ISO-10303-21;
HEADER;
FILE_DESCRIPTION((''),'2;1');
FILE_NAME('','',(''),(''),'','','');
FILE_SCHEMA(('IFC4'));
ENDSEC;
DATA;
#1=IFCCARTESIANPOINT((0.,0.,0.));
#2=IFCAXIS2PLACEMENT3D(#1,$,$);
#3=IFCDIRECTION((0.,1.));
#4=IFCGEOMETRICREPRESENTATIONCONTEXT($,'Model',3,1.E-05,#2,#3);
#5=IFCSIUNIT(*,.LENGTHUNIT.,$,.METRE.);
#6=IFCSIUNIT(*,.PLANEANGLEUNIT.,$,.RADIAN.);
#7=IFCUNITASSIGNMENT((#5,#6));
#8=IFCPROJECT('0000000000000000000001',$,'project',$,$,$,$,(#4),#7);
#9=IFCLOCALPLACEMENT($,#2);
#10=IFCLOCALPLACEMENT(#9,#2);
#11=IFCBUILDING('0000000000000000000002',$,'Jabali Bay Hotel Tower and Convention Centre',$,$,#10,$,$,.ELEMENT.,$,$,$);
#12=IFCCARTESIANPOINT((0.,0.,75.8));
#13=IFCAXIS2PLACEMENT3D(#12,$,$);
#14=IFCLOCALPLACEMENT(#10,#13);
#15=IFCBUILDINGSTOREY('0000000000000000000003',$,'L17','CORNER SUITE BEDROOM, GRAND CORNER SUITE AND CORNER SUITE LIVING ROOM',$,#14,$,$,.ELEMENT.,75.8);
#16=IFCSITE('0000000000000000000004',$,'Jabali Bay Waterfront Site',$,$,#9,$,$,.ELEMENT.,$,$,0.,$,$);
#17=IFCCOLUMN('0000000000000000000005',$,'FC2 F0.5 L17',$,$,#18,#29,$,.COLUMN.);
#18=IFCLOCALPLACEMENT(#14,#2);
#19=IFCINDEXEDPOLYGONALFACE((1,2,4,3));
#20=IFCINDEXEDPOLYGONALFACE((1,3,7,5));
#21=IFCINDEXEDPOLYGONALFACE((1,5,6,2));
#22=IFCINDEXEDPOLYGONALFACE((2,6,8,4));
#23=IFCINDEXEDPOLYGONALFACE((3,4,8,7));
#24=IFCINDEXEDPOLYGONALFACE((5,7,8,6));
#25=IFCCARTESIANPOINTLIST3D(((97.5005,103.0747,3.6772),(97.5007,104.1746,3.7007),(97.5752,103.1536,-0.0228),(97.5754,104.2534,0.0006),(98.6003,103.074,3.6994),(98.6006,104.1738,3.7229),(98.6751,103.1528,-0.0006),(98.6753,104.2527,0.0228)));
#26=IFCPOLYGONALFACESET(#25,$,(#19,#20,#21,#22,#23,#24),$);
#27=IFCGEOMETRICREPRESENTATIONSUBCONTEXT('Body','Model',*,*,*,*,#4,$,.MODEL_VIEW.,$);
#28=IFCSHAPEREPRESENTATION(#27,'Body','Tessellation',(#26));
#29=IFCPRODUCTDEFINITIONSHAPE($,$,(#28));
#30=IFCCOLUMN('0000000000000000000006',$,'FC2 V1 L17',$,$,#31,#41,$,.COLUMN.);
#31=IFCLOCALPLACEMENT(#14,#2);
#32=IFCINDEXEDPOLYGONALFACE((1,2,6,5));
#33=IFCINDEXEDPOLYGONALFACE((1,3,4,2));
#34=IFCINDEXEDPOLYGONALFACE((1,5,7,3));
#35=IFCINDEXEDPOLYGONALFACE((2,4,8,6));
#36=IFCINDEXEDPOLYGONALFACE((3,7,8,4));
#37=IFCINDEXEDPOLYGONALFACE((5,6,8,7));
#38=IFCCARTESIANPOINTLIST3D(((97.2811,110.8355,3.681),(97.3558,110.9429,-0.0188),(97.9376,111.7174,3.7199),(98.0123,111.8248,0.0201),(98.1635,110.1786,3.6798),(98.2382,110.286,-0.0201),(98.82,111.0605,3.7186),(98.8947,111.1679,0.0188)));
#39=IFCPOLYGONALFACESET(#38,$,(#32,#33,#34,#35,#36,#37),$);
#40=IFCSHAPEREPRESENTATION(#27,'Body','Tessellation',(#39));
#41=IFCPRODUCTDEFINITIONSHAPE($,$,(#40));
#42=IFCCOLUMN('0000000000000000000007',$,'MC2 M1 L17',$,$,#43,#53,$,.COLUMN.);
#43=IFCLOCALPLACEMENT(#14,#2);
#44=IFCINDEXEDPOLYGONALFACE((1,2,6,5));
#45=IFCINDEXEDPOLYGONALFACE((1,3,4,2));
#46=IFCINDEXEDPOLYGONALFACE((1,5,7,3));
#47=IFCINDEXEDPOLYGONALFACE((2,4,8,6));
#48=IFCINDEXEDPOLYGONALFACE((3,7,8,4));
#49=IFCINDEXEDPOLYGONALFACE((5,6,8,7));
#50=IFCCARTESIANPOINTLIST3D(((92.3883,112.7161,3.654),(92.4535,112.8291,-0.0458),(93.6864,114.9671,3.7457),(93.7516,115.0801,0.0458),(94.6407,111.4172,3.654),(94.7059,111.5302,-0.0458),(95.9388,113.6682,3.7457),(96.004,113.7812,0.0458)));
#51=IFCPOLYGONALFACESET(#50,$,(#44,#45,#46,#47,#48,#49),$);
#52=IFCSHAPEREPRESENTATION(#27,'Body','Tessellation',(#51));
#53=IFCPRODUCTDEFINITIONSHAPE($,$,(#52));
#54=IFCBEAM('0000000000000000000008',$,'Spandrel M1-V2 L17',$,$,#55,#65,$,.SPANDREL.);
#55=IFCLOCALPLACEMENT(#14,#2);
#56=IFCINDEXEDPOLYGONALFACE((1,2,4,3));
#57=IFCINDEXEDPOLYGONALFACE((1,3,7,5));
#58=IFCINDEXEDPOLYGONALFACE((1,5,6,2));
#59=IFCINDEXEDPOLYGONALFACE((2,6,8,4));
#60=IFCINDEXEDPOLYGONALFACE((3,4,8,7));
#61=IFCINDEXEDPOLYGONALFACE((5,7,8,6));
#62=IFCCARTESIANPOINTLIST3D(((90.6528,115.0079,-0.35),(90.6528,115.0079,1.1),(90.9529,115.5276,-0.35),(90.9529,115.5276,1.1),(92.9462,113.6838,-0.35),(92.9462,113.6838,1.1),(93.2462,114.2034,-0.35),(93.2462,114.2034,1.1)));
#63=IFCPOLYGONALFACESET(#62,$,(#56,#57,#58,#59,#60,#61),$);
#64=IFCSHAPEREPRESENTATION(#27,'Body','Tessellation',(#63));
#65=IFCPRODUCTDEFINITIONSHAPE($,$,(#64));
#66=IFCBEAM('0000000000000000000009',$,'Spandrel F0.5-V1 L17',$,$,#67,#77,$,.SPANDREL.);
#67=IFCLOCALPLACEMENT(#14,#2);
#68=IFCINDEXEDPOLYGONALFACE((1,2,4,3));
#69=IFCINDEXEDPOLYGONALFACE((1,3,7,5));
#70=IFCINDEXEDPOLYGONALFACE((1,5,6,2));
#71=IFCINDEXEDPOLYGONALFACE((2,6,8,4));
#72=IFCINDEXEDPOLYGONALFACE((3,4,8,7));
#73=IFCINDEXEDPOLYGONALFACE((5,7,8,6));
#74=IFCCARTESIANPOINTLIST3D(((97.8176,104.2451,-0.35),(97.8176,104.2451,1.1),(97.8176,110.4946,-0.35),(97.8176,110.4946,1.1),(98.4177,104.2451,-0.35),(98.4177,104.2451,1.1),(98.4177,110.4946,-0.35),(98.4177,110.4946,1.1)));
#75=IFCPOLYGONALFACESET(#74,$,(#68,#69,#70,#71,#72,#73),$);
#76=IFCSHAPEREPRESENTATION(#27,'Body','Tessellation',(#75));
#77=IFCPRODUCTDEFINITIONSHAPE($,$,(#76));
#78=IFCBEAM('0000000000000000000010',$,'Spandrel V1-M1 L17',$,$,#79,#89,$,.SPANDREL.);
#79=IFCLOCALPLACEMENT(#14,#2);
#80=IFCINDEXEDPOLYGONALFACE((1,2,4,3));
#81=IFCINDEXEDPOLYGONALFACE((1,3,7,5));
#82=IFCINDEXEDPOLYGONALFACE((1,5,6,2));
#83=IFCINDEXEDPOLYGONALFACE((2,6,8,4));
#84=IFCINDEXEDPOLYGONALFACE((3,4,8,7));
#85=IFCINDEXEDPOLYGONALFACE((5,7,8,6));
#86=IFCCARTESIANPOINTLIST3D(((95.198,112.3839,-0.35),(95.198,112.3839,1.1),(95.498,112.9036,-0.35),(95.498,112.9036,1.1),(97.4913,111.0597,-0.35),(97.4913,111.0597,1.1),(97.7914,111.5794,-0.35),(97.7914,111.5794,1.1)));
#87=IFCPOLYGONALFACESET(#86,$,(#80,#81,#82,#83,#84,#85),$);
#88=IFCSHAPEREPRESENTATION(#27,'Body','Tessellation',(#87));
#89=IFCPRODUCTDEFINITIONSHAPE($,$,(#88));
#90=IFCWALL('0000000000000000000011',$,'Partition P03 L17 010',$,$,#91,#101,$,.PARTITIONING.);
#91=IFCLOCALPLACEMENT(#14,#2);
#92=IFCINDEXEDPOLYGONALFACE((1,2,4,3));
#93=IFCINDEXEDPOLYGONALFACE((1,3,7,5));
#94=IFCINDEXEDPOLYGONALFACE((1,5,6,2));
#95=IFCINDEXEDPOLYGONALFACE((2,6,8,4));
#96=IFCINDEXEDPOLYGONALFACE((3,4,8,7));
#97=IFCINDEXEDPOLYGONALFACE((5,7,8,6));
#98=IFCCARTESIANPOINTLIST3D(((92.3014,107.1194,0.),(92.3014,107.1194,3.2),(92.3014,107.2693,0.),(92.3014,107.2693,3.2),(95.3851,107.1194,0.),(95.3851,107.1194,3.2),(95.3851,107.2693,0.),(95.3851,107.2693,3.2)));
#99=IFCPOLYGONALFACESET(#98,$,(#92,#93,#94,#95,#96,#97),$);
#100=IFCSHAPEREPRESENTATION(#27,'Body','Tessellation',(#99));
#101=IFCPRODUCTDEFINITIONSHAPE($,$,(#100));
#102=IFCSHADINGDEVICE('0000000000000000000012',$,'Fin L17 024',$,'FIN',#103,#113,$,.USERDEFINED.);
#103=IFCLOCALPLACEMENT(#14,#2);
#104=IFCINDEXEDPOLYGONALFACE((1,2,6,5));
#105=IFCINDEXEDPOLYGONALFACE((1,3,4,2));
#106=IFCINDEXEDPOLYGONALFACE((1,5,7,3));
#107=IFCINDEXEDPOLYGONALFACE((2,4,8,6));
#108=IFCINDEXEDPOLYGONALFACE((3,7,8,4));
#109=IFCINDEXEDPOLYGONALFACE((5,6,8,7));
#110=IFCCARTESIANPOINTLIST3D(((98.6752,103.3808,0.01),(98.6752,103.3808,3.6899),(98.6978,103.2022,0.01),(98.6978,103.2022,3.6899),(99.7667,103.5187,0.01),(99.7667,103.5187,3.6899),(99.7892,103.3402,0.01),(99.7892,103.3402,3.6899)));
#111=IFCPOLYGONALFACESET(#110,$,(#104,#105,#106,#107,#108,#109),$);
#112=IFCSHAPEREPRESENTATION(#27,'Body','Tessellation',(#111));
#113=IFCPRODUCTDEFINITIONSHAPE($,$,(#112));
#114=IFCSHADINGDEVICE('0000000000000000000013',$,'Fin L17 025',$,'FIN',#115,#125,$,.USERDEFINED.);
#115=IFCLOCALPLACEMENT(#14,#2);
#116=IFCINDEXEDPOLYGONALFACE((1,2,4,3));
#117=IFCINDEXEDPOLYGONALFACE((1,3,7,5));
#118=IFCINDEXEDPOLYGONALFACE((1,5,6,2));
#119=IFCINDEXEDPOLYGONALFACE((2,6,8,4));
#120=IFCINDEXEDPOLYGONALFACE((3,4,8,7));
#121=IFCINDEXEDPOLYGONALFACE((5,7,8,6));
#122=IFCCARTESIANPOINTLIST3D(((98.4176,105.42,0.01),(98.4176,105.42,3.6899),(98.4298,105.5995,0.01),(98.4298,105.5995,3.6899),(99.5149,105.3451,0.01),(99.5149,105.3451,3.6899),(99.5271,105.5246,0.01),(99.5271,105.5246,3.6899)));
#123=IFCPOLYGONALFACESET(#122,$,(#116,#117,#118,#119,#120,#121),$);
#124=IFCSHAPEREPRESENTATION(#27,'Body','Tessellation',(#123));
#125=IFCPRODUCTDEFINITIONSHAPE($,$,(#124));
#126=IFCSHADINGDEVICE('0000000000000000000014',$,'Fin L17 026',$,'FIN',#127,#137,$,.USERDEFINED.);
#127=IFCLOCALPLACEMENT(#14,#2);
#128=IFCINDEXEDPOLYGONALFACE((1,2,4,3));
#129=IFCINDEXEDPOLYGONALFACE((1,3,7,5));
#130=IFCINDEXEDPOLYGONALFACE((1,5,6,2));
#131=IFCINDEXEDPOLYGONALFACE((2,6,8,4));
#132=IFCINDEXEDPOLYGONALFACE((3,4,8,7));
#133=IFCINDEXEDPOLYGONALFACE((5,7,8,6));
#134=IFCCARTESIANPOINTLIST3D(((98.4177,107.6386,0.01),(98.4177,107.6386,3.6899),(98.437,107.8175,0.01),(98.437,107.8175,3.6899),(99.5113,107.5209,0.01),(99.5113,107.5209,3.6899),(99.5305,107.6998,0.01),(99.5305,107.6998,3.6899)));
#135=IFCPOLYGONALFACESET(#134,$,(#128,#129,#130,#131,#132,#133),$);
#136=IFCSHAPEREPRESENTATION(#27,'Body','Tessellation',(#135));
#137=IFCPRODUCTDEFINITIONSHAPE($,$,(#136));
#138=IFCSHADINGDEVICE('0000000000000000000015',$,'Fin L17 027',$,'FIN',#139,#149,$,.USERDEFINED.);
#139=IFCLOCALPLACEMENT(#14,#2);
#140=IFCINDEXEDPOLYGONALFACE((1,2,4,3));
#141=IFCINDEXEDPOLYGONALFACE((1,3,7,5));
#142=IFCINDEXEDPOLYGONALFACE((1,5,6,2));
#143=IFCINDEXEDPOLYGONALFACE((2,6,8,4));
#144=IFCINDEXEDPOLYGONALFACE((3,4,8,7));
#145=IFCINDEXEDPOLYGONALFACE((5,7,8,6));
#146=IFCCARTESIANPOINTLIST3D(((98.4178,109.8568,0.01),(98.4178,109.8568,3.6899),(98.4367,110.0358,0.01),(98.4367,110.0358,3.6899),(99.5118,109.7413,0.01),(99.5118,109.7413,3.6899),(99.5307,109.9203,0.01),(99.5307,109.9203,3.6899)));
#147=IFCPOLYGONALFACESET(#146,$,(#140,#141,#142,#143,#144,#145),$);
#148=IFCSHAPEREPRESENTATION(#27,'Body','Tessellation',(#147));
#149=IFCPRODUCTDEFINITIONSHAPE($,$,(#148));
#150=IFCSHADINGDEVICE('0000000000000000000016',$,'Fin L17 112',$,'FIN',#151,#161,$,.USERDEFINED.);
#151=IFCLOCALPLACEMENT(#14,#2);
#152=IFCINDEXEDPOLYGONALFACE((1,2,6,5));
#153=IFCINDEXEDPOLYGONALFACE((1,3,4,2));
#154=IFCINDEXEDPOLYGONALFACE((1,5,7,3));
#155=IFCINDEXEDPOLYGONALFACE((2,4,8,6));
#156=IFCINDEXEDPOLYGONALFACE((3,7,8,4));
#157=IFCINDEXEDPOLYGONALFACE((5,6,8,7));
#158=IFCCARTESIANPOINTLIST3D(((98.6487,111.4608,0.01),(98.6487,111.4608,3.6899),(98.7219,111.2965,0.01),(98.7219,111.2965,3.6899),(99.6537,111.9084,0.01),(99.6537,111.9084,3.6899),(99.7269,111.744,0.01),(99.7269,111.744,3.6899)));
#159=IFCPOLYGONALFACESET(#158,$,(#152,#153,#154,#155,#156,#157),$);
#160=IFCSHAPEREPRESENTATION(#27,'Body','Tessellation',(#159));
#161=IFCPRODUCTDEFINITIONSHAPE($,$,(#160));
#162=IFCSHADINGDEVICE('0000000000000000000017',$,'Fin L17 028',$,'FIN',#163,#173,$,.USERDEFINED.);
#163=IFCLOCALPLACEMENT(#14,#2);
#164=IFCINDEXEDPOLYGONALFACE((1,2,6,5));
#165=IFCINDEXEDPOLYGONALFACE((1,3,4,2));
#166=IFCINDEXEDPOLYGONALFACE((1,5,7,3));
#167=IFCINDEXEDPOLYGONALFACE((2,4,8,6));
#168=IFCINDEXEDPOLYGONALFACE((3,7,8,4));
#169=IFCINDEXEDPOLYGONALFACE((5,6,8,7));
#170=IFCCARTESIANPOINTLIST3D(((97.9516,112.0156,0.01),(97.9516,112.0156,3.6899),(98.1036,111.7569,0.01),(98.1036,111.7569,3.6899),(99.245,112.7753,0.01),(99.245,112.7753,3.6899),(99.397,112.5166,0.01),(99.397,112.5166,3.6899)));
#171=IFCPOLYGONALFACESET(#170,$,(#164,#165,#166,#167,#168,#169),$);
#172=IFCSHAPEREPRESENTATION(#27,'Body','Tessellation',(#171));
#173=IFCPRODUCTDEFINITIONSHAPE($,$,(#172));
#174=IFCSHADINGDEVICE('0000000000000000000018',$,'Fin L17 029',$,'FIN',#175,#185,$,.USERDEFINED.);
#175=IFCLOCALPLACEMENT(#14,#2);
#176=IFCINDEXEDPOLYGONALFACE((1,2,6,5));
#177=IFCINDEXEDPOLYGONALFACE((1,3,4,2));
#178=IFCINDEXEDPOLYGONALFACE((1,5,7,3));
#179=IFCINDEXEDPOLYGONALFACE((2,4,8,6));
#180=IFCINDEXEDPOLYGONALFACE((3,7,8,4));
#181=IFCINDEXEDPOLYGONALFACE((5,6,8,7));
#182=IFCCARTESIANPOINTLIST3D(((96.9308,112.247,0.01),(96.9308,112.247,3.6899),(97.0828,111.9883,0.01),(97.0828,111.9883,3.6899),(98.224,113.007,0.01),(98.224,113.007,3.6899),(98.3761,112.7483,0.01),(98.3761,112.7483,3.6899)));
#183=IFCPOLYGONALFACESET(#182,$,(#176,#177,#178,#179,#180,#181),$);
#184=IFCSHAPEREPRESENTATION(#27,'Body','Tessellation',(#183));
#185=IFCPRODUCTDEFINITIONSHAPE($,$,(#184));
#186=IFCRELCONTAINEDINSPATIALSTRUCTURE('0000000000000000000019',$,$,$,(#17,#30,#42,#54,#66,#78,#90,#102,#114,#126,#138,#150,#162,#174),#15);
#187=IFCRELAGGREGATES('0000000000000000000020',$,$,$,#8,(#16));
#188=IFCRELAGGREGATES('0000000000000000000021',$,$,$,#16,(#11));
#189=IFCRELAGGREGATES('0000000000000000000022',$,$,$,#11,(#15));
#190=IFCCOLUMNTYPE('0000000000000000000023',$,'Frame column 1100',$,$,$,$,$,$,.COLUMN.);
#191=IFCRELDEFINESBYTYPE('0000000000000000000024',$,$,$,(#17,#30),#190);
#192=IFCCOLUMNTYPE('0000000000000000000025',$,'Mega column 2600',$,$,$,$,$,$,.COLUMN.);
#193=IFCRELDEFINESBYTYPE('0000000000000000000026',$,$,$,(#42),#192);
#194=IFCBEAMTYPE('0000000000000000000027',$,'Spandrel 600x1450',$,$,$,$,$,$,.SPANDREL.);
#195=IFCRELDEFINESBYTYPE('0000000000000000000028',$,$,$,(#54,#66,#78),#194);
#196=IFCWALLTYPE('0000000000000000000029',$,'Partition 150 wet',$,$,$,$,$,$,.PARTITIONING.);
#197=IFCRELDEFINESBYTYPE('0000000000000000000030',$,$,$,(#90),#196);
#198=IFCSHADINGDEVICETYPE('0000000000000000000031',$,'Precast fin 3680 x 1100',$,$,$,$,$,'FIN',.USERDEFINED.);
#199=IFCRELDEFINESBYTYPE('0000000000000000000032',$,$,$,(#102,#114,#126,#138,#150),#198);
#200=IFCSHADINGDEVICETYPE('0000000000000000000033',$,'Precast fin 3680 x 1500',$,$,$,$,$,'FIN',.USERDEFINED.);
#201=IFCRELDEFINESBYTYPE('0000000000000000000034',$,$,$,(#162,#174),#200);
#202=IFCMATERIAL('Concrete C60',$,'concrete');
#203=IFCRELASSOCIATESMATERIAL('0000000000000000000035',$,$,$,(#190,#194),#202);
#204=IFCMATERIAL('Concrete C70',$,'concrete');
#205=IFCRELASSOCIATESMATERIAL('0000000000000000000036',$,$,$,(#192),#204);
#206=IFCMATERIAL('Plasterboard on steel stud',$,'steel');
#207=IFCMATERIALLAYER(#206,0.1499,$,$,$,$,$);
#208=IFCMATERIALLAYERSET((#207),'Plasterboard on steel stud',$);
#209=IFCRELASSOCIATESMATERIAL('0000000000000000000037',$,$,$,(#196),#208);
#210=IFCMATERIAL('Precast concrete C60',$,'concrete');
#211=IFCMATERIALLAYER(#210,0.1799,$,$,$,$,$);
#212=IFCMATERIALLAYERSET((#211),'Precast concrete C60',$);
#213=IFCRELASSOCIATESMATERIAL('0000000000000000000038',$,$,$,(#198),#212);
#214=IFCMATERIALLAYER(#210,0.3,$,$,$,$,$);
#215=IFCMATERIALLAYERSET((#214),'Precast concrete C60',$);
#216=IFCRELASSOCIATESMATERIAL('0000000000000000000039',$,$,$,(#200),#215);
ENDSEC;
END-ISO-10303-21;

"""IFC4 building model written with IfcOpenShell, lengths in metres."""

from ifc_helpers import new_model, si_unit, direction, frame, frame_2d, origin, origin_2d, place, context, subcontext, project, spatial, rectangle, extrude, material, layer, layer_set, material_profile, profile_set, type_object, element, save


model = new_model("IFC4")

# Units and contexts
model_context = context("Model", 3, precision=1e-05, world=origin(), true_north=direction((0.0, 1.0)))
body_context = subcontext(model_context, "Body", "Model", "MODEL_VIEW")
ifc_project = project(units=[si_unit("LENGTHUNIT", "METRE"), si_unit("PLANEANGLEUNIT", "RADIAN")], contexts=[model_context])

# Site, building, storey
site_placement = place(None, origin())
site = spatial("IfcSite", under=ifc_project, at=site_placement, Name="Jabali Bay Waterfront Site", CompositionType="ELEMENT", RefElevation=0.0)
building_placement = place(site_placement, origin())
building = spatial("IfcBuilding", under=site, at=building_placement, Name="Jabali Bay Hotel Tower and Convention Centre", CompositionType="ELEMENT")
storey_placement = place(building_placement, frame((0.0, 0.0, 75.8)))
storey = spatial("IfcBuildingStorey", under=building, at=storey_placement, Name="L17", Description="CORNER SUITE BEDROOM, GRAND CORNER SUITE AND CORNER SUITE LIVING ROOM", CompositionType="ELEMENT", Elevation=75.8)

# Columns
ifc_material_1 = material(Name="Concrete C60", Category="concrete")
ifc_material_profile_1 = material_profile(ifc_material_1, rectangle(XDim=1.1001, YDim=1.1001, at=origin_2d()), Name="Frame column 1100")
ifc_profile_set_1 = profile_set([ifc_material_profile_1], Name="Concrete C60")
column_type_1 = type_object("IfcColumnType", Name="Frame column 1100", PredefinedType="COLUMN", material=ifc_profile_set_1)
column_1_placement = place(storey_placement, frame((98.1252, 103.7031, 0.0), z_axis=(-0.020183, -0.021304, 0.999569), x_axis=(0.999796, -0.000658, 0.020173)))
element("IfcColumn", 1, at=column_1_placement, inside=storey, type_object=column_type_1, Name="FC2 F0.5 L17", PredefinedType="COLUMN", context=body_context, shape_type="SweptSolid", body=[
    extrude(rectangle(XDim=1.1001, YDim=1.1001, at=origin_2d()), origin(), (0.0, 0.0, 1.0), 3.7017),
])
column_2_placement = place(storey_placement, frame((98.1252, 111.0554, 0.0), z_axis=(-0.020179, -0.029015, 0.999375), x_axis=(0.596765, 0.801638, 0.035324)))
element("IfcColumn", 2, at=column_2_placement, inside=storey, type_object=column_type_1, Name="FC2 V1 L17", PredefinedType="COLUMN", context=body_context, shape_type="SweptSolid", body=[
    extrude(rectangle(XDim=1.1001, YDim=1.1001, at=origin_2d()), origin(), (0.0, 0.0, 1.0), 3.7021),
])
ifc_material_2 = material(Name="Concrete C70", Category="concrete")
ifc_material_profile_2 = material_profile(ifc_material_2, rectangle(XDim=2.6001, YDim=2.6001, at=origin_2d()), Name="Mega column 2600")
ifc_profile_set_2 = profile_set([ifc_material_profile_2], Name="Concrete C70")
column_type_2 = type_object("IfcColumnType", Name="Mega column 2600", PredefinedType="COLUMN", material=ifc_profile_set_2)
column_3_placement = place(storey_placement, frame((94.2288, 113.3052, 0.0), z_axis=(-0.017607, -0.030532, 0.999379), x_axis=(0.866279, -0.49956, 0.0)))
element("IfcColumn", 3, at=column_3_placement, inside=storey, type_object=column_type_2, Name="MC2 M1 L17", PredefinedType="COLUMN", context=body_context, shape_type="SweptSolid", body=[
    extrude(rectangle(XDim=2.6001, YDim=2.6001, at=origin_2d()), origin(), (0.0, 0.0, 1.0), 3.7021),
])

# Beams
ifc_material_profile_3 = material_profile(ifc_material_1, rectangle(XDim=0.6001, YDim=1.45, at=origin_2d()), Name="Spandrel 600x1450")
ifc_profile_set_3 = profile_set([ifc_material_profile_3], Name="Concrete C60")
beam_type = type_object("IfcBeamType", Name="Spandrel 600x1450", PredefinedType="SPANDREL", material=ifc_profile_set_3)
beam_1_placement = place(storey_placement, frame((93.0962, 113.9436, 0.375), z_axis=(-0.866011, 0.500026, 0.0), x_axis=(-0.500026, -0.866011, 0.0)))
element("IfcBeam", 4, at=beam_1_placement, inside=storey, type_object=beam_type, Name="Spandrel M1-V2 L17", PredefinedType="SPANDREL", context=body_context, shape_type="SweptSolid", body=[
    extrude(rectangle(XDim=0.6001, YDim=1.45, at=origin_2d()), origin(), (0.0, 0.0, 1.0), 2.6482),
])
beam_2_placement = place(storey_placement, frame((98.1177, 104.2451, 0.375), z_axis=(0.0, 1.0, 0.0), x_axis=(-1.0, 0.0, 0.0)))
element("IfcBeam", 5, at=beam_2_placement, inside=storey, type_object=beam_type, Name="Spandrel F0.5-V1 L17", PredefinedType="SPANDREL", context=body_context, shape_type="SweptSolid", body=[
    extrude(rectangle(XDim=0.6001, YDim=1.45, at=origin_2d()), origin(), (0.0, 0.0, 1.0), 6.2495),
])
beam_3_placement = place(storey_placement, frame((97.6414, 111.3196, 0.375), z_axis=(-0.866011, 0.500026, 0.0), x_axis=(-0.500026, -0.866011, 0.0)))
element("IfcBeam", 6, at=beam_3_placement, inside=storey, type_object=beam_type, Name="Spandrel V1-M1 L17", PredefinedType="SPANDREL", context=body_context, shape_type="SweptSolid", body=[
    extrude(rectangle(XDim=0.6001, YDim=1.45, at=origin_2d()), origin(), (0.0, 0.0, 1.0), 2.6482),
])

# Wall
ifc_material_3 = material(Name="Plasterboard on steel stud", Category="steel")
ifc_layer_1 = layer(ifc_material_3, 0.1499)
ifc_layer_set_1 = layer_set([ifc_layer_1], Name="Plasterboard on steel stud")
wall_type_1 = type_object("IfcWallType", Name="Partition 150 wet", PredefinedType="PARTITIONING", material=ifc_layer_set_1)
wall_1_placement = place(storey_placement, frame((95.3853, 107.1943, 0.0), z_axis=(0.0, 0.0, 1.0), x_axis=(-1.0, 0.0, 0.0)))
element("IfcWall", 7, at=wall_1_placement, inside=storey, type_object=wall_type_1, Name="Partition P03 L17 010", PredefinedType="PARTITIONING", context=body_context, shape_type="SweptSolid", body=[
    extrude(rectangle(XDim=3.0837, YDim=0.1499, at=frame_2d((1.542, 0.0))), origin(), (0.0, 0.0, 1.0), 3.2),
])

# Shading devices
ifc_material_4 = material(Name="Precast concrete C60", Category="concrete")
ifc_layer_2 = layer(ifc_material_4, 0.1799)
ifc_layer_set_2 = layer_set([ifc_layer_2], Name="Precast concrete C60")
shading_device_type_1 = type_object("IfcShadingDeviceType", Name="Precast fin 3680 x 1100", ElementType="FIN", PredefinedType="USERDEFINED", material=ifc_layer_set_2)
shading_device_placement = place(storey_placement, frame((98.6865, 103.2915, 0.01), z_axis=(0.0, 0.0, 1.0), x_axis=(0.992106, 0.1254, 0.0)))
element("IfcShadingDevice", 8, at=shading_device_placement, inside=storey, type_object=shading_device_type_1, Name="Fin L17 024", ObjectType="FIN", PredefinedType="USERDEFINED", context=body_context, shape_type="SweptSolid", body=[
    extrude(rectangle(XDim=1.1001, YDim=0.1799, at=frame_2d((0.55, 0.0))), origin(), (0.0, 0.0, 1.0), 3.6799),
])
for number, where, z_axis, x_axis, name in (
    (9, (98.4238, 105.5098, 0.01), (0.0, 0.0, 1.0), (0.997676, -0.068139, 0.0), "Fin L17 025"),
    (10, (98.4275, 107.728, 0.01), (0.0, 0.0, 1.0), (0.994259, -0.106996, 0.0), "Fin L17 026"),
):
    element("IfcShadingDevice", number, at=place(storey_placement, frame(where, z_axis=z_axis, x_axis=x_axis)), inside=storey, type_object=shading_device_type_1, Name=name, ObjectType="FIN", PredefinedType="USERDEFINED", context=body_context, shape_type="SweptSolid", body=[
        extrude(rectangle(XDim=1.0999, YDim=0.1799, at=frame_2d((0.5498, 0.0))), origin(), (0.0, 0.0, 1.0), 3.6799),
    ])
for number, where, z_axis, x_axis, name in (
    (11, (98.4272, 109.9463, 0.01), (0.0, 0.0, 1.0), (0.994475, -0.104974, 0.0), "Fin L17 027"),
    (12, (98.6853, 111.3787, 0.01), (0.0, 0.0, 1.0), (0.913509, 0.406818, 0.0), "Fin L17 112"),
):
    element("IfcShadingDevice", number, at=place(storey_placement, frame(where, z_axis=z_axis, x_axis=x_axis)), inside=storey, type_object=shading_device_type_1, Name=name, ObjectType="FIN", PredefinedType="USERDEFINED", context=body_context, shape_type="SweptSolid", body=[
        extrude(rectangle(XDim=1.1001, YDim=0.1799, at=frame_2d((0.55, 0.0))), origin(), (0.0, 0.0, 1.0), 3.6799),
    ])
ifc_layer_3 = layer(ifc_material_4, 0.3)
ifc_layer_set_3 = layer_set([ifc_layer_3], Name="Precast concrete C60")
shading_device_type_2 = type_object("IfcShadingDeviceType", Name="Precast fin 3680 x 1500", ElementType="FIN", PredefinedType="USERDEFINED", material=ifc_layer_set_3)
for number, where, z_axis, x_axis, name in (
    (13, (98.0276, 111.8862, 0.01), (0.0, 0.0, 1.0), (0.862252, 0.506479, 0.0), "Fin L17 028"),
    (14, (97.0068, 112.1177, 0.01), (0.0, 0.0, 1.0), (0.862139, 0.506672, 0.0), "Fin L17 029"),
):
    element("IfcShadingDevice", number, at=place(storey_placement, frame(where, z_axis=z_axis, x_axis=x_axis)), inside=storey, type_object=shading_device_type_2, Name=name, ObjectType="FIN", PredefinedType="USERDEFINED", context=body_context, shape_type="SweptSolid", body=[
        extrude(rectangle(XDim=1.5, YDim=0.3, at=frame_2d((0.75, 0.0))), origin(), (0.0, 0.0, 1.0), 3.6799),
    ])

save(model, "model.ifc")
